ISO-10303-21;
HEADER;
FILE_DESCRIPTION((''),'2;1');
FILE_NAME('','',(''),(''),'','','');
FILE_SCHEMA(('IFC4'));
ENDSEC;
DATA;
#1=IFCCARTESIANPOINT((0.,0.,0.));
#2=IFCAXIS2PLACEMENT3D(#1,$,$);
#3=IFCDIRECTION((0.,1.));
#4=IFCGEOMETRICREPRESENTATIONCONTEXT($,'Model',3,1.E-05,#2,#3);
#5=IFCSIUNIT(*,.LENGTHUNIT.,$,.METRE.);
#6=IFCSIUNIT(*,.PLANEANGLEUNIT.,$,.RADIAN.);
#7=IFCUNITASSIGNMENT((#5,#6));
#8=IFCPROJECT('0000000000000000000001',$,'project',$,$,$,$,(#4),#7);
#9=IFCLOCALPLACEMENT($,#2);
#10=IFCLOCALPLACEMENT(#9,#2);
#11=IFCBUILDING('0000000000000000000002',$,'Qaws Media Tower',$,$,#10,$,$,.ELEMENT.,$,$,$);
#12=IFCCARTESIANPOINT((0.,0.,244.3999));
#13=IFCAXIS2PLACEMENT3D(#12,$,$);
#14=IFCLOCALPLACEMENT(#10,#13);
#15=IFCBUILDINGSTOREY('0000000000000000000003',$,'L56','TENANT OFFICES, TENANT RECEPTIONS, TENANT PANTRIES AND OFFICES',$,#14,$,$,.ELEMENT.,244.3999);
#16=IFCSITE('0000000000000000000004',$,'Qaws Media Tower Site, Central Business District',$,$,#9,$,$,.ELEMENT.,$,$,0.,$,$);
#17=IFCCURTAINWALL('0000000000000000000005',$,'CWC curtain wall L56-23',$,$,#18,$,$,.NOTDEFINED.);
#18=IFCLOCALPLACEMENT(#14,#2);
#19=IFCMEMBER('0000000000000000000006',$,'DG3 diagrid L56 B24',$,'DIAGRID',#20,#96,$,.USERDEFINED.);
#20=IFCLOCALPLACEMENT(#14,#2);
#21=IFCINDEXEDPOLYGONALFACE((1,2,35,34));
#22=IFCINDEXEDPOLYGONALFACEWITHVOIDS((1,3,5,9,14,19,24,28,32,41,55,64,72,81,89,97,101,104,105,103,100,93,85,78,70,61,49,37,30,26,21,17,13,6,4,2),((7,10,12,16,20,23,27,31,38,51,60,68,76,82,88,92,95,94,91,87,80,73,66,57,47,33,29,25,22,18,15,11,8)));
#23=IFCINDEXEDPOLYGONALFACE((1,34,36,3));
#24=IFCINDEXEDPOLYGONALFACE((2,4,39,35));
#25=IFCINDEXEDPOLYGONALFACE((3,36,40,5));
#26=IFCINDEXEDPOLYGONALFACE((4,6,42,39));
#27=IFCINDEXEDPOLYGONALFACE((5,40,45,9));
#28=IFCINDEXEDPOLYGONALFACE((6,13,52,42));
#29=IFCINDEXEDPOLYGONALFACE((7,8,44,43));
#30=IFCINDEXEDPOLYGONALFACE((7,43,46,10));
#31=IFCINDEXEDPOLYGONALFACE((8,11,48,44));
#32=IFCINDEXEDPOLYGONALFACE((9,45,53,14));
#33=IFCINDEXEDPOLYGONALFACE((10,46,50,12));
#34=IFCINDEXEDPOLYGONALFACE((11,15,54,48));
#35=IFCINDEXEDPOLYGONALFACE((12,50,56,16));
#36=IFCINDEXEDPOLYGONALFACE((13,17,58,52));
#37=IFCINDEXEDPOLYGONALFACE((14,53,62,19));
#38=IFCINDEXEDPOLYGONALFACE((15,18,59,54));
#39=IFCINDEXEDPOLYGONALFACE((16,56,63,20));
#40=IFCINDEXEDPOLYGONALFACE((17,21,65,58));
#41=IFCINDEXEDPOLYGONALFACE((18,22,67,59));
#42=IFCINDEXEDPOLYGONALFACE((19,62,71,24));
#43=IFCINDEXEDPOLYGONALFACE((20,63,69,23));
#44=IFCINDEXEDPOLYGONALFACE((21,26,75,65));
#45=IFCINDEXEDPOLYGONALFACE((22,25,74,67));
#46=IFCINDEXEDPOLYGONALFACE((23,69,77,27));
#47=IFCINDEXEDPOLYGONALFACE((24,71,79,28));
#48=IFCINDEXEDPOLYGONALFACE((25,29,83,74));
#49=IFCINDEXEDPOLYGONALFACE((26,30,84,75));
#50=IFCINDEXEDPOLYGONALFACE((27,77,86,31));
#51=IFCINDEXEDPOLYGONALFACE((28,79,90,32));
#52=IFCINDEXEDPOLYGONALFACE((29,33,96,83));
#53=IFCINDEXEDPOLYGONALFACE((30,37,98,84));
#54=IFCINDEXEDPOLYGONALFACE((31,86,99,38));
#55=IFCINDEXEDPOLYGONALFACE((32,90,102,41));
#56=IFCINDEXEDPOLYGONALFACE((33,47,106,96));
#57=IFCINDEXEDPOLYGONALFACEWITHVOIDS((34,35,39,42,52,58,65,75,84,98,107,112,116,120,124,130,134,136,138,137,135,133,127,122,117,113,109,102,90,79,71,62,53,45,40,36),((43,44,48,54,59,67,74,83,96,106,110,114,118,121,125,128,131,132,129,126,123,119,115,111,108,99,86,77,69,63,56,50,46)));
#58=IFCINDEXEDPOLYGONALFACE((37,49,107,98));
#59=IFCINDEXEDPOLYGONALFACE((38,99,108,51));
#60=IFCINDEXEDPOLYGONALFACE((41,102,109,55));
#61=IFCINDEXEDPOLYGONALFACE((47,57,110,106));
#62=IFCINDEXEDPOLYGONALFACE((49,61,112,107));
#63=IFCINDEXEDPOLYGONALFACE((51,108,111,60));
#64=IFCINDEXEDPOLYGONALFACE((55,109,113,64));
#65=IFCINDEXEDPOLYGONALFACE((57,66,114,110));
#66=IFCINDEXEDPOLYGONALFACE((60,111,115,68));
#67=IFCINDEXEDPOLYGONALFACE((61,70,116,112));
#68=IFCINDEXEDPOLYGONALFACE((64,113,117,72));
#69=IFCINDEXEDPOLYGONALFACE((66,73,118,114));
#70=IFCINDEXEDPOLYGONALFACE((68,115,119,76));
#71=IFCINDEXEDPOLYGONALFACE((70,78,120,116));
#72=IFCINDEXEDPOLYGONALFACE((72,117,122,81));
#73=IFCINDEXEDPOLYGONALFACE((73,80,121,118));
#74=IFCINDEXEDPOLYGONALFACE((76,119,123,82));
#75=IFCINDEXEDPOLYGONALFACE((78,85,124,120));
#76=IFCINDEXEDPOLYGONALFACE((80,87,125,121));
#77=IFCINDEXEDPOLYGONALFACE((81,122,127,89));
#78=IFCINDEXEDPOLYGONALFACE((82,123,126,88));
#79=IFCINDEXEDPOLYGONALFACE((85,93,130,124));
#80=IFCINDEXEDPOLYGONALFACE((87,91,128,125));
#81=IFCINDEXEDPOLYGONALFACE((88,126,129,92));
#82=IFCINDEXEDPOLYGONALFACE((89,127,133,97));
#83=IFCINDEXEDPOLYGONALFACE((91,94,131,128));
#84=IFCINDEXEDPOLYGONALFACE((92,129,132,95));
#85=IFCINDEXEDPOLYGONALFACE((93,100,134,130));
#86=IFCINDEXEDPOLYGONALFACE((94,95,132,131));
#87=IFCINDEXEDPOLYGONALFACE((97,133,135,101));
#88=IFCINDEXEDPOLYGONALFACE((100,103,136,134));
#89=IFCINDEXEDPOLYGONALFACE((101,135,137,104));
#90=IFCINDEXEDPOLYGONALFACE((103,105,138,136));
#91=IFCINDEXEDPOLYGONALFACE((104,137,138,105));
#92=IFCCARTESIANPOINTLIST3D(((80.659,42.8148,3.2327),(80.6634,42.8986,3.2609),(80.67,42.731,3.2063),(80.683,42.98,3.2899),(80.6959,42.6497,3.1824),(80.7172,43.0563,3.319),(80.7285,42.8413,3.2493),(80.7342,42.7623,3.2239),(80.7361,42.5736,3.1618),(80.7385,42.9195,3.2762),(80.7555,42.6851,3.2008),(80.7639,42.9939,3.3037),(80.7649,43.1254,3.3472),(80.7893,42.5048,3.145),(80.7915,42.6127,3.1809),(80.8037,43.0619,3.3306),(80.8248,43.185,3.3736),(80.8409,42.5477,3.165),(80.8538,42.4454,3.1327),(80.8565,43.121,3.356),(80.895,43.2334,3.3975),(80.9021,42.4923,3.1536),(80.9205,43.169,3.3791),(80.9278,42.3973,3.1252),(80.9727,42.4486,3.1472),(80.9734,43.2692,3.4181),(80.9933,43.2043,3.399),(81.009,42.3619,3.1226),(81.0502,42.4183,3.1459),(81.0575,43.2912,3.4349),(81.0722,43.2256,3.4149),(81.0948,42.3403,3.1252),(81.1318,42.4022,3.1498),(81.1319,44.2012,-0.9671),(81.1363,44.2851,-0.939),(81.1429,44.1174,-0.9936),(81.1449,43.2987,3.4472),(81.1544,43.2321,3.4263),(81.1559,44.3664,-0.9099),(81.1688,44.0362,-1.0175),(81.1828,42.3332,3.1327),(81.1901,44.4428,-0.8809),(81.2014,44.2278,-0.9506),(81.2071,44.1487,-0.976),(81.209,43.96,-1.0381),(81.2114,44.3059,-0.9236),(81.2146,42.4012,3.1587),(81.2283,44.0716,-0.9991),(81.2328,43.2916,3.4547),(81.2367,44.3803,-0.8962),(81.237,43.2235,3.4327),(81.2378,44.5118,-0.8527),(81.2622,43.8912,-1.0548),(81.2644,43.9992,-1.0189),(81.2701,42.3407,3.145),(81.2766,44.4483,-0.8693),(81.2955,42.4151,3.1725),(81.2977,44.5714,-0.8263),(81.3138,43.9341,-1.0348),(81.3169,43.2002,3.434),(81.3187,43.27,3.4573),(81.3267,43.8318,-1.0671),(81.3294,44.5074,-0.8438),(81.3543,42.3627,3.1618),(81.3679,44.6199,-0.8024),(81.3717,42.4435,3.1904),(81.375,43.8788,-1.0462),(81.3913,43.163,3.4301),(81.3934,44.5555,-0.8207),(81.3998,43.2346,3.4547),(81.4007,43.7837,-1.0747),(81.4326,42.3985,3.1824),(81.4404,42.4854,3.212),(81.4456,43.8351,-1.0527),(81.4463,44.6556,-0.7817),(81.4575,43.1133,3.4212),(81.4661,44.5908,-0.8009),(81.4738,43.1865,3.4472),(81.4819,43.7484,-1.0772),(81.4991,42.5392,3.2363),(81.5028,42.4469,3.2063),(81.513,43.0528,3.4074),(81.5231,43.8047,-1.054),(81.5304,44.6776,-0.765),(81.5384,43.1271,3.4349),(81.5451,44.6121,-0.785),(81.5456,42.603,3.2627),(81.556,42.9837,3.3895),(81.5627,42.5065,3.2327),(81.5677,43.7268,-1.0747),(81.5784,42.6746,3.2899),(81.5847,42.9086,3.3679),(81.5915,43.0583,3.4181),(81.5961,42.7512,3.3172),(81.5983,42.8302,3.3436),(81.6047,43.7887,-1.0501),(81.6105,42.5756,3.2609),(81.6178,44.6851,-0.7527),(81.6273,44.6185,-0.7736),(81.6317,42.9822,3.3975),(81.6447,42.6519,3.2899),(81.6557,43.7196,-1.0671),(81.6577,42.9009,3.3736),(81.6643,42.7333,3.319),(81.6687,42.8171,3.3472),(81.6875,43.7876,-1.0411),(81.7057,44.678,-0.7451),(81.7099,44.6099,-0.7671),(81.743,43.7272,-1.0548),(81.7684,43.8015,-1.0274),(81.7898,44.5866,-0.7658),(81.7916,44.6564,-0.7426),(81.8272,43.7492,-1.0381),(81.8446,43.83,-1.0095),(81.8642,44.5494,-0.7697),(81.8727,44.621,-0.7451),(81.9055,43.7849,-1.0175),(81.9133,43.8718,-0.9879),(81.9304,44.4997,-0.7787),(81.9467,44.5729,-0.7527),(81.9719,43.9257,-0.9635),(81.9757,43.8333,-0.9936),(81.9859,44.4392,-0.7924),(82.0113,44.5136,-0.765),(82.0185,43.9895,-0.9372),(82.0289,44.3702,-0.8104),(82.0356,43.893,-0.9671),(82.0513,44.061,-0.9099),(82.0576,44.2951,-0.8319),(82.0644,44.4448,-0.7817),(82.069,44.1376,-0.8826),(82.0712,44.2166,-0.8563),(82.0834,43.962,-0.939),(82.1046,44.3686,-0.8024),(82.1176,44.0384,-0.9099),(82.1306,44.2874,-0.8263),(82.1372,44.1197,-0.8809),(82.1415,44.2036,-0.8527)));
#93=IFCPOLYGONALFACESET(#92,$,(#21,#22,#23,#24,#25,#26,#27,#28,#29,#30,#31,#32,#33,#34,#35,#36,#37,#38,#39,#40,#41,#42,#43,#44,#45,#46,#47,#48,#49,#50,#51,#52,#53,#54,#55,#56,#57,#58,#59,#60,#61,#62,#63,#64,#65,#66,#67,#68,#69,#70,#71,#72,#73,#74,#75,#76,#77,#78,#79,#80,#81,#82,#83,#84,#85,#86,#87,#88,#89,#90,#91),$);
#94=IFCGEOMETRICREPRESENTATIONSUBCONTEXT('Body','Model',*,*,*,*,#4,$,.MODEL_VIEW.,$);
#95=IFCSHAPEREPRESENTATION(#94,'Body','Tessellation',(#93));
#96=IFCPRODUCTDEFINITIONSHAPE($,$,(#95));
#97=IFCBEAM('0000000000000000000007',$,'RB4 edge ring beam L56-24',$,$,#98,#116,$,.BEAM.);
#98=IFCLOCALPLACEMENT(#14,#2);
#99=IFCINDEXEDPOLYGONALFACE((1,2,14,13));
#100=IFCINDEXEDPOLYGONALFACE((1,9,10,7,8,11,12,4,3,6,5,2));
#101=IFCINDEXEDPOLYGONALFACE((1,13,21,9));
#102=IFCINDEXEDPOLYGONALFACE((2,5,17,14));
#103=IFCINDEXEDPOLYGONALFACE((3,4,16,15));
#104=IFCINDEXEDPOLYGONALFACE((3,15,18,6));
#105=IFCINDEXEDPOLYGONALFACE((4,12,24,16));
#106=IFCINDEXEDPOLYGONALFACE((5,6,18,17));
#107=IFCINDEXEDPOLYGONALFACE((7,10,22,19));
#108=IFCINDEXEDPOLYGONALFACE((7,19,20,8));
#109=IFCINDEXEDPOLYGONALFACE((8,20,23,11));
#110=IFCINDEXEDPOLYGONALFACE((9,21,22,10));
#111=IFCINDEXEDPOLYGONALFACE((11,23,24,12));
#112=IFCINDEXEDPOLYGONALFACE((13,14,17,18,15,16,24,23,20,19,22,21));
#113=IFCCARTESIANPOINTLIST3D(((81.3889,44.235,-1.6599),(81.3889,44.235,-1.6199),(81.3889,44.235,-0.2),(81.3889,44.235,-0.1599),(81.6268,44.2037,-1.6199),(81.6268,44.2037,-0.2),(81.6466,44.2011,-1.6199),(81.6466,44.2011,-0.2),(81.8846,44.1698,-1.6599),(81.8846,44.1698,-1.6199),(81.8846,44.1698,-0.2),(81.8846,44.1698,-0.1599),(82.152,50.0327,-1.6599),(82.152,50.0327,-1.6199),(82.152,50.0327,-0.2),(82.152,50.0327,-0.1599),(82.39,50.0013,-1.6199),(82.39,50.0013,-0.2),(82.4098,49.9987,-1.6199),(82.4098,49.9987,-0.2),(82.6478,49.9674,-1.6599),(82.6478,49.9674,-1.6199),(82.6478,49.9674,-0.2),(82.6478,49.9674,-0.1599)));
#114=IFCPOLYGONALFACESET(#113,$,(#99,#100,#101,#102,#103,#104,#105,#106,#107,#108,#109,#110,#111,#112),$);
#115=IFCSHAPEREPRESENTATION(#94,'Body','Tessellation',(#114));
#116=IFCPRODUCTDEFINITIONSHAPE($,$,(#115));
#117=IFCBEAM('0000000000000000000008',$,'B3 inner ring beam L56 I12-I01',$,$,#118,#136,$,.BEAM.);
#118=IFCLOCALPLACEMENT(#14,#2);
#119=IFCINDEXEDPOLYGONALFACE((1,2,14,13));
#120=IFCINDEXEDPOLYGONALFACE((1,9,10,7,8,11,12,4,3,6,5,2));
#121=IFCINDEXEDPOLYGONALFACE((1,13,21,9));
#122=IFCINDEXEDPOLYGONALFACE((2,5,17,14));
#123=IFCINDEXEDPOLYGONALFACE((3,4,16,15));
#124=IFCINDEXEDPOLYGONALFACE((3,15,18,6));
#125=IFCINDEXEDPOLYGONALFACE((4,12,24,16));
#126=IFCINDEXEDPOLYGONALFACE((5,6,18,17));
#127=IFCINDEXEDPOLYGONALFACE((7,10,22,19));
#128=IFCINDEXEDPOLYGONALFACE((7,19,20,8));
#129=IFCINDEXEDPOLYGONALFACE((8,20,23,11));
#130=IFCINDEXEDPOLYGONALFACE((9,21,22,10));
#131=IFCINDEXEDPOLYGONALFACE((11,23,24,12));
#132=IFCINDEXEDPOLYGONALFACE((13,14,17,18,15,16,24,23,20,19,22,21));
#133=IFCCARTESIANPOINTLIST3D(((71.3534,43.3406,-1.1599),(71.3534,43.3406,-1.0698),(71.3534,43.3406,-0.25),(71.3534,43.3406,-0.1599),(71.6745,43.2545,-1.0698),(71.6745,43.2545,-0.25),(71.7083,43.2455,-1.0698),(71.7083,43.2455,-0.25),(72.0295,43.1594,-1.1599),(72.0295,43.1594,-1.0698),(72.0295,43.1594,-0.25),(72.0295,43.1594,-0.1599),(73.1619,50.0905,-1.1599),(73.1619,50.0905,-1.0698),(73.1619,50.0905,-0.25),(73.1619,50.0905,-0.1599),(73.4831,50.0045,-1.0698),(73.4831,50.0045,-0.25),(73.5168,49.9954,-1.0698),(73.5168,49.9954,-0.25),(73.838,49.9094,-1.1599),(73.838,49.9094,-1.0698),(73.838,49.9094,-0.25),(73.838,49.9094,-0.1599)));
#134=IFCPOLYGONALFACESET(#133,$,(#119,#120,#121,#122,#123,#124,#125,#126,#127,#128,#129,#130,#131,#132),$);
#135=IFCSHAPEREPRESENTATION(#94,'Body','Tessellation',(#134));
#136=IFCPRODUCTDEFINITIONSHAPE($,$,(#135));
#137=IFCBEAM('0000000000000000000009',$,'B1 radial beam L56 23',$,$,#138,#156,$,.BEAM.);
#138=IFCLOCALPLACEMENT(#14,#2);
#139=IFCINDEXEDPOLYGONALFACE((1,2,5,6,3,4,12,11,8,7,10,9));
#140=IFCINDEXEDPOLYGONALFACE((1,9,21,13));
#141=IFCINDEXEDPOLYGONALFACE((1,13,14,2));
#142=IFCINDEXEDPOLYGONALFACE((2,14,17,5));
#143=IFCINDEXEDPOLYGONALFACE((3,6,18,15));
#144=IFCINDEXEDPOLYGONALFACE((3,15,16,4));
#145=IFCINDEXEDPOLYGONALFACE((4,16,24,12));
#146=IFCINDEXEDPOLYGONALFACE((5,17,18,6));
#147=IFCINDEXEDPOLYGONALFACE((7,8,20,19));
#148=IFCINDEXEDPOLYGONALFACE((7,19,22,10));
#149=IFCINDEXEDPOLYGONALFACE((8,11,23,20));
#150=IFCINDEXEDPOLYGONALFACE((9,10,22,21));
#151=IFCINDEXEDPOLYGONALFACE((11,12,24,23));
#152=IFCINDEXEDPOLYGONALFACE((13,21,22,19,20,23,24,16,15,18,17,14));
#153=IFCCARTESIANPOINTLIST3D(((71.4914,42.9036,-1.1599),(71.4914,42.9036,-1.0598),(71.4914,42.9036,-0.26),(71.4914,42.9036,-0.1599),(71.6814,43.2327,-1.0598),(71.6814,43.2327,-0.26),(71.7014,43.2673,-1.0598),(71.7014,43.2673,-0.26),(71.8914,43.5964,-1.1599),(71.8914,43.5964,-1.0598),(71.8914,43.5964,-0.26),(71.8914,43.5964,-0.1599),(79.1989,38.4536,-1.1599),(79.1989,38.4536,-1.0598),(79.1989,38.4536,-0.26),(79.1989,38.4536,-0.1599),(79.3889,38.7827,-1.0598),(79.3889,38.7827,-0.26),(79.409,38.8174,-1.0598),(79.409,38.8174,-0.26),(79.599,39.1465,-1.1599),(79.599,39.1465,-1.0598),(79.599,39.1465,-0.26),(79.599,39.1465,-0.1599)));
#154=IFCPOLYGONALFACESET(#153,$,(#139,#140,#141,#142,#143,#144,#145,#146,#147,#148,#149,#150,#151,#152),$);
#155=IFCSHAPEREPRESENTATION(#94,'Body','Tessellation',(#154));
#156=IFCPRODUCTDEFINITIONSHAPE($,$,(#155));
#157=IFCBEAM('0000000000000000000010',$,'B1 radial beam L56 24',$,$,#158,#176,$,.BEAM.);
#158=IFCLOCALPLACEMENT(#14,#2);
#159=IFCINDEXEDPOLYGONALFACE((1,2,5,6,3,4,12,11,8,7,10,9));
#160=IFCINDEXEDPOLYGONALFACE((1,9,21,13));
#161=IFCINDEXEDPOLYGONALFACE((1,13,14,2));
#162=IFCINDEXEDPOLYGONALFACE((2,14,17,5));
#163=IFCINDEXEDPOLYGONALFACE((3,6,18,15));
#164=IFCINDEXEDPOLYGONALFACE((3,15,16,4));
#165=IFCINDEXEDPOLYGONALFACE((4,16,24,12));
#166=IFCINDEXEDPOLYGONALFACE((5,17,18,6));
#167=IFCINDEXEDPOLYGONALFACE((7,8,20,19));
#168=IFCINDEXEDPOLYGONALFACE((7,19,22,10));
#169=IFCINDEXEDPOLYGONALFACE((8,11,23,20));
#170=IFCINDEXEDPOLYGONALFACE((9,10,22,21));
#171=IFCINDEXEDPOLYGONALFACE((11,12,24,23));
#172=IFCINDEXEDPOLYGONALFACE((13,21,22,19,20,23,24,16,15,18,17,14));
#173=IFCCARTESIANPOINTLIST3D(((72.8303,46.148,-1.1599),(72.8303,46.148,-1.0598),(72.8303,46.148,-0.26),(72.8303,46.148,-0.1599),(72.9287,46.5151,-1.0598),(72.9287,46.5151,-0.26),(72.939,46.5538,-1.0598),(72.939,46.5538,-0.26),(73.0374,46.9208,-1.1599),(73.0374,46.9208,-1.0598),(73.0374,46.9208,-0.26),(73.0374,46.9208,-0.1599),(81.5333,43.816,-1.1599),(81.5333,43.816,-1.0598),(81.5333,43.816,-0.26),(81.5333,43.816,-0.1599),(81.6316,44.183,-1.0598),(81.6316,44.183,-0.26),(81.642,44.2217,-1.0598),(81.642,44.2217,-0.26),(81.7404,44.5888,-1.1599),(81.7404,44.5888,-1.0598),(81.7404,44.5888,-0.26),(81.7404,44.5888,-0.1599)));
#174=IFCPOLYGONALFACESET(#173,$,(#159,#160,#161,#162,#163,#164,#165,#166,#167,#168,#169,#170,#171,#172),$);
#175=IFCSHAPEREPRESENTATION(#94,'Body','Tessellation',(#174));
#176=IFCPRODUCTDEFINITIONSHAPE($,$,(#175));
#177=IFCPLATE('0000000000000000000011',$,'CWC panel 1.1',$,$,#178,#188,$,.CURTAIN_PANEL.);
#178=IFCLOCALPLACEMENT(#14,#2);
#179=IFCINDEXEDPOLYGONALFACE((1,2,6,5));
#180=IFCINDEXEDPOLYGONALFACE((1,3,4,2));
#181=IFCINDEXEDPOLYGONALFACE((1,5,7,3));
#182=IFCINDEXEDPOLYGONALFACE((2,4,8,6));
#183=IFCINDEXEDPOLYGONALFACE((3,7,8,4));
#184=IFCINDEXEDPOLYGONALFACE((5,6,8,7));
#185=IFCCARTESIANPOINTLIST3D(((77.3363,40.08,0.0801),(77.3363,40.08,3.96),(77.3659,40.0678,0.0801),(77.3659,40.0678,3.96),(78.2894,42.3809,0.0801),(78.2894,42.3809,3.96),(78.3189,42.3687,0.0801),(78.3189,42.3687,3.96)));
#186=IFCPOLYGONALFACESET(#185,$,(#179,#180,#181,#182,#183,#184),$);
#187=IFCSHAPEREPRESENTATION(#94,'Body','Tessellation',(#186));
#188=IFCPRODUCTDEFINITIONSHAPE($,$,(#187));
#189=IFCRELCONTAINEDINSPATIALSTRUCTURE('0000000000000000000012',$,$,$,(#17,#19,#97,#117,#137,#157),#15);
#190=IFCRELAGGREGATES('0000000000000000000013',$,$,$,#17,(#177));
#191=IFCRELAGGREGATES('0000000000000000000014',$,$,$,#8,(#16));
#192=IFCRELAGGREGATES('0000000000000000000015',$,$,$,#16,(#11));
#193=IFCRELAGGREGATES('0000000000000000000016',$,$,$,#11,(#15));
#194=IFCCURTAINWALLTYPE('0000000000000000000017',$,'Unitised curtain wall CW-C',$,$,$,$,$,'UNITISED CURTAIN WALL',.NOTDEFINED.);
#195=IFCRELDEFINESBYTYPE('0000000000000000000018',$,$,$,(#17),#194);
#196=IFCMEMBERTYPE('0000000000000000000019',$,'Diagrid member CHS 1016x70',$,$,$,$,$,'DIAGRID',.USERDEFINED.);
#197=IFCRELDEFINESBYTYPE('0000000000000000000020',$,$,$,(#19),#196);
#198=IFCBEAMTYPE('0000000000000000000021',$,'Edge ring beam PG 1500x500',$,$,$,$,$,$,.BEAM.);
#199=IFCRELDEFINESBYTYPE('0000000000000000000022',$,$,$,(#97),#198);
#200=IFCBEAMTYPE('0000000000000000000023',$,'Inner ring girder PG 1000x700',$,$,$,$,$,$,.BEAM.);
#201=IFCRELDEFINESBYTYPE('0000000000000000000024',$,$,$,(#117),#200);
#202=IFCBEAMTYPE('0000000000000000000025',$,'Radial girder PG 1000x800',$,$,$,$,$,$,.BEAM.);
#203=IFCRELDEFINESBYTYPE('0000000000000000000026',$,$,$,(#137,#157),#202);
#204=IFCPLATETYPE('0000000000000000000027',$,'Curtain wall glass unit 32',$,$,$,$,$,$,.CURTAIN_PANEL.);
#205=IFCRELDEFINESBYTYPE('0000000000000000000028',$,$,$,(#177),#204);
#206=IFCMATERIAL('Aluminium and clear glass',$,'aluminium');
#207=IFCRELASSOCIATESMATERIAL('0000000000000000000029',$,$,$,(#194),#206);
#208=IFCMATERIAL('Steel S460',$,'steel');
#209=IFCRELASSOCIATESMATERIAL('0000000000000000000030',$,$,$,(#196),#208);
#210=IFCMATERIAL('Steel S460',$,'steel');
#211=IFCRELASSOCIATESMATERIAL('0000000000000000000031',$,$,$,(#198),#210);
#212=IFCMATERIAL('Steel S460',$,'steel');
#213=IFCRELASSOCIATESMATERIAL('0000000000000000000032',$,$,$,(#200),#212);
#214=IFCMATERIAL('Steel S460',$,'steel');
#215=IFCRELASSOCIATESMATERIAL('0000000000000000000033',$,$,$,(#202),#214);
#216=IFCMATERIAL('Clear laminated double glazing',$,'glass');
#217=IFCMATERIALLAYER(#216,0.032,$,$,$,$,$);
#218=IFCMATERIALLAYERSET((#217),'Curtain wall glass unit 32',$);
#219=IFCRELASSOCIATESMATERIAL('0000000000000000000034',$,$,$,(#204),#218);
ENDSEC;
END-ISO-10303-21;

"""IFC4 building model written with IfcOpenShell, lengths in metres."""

from ifc_helpers import new_model, si_unit, direction, frame, origin, origin_2d, place, context, subcontext, project, spatial, rectangle, hollow_circle, i_section, extrude, material, layer, layer_set, material_profile, profile_set, type_object, element, aggregate, save


model = new_model("IFC4")

# Units and contexts
model_context = context("Model", 3, precision=1e-05, world=origin(), true_north=direction((0.0, 1.0)))
body_context = subcontext(model_context, "Body", "Model", "MODEL_VIEW")
ifc_project = project(units=[si_unit("LENGTHUNIT", "METRE"), si_unit("PLANEANGLEUNIT", "RADIAN")], contexts=[model_context])

# Site, building, storey
site_placement = place(None, origin())
site = spatial("IfcSite", under=ifc_project, at=site_placement, Name="Qaws Media Tower Site, Central Business District", CompositionType="ELEMENT", RefElevation=0.0)
building_placement = place(site_placement, origin())
building = spatial("IfcBuilding", under=site, at=building_placement, Name="Qaws Media Tower", CompositionType="ELEMENT")
storey_placement = place(building_placement, frame((0.0, 0.0, 244.3999)))
storey = spatial("IfcBuildingStorey", under=building, at=storey_placement, Name="L56", Description="TENANT OFFICES, TENANT RECEPTIONS, TENANT PANTRIES AND OFFICES", CompositionType="ELEMENT", Elevation=244.3999)

# Curtain wall
ifc_material_1 = material(Name="Aluminium and clear glass", Category="aluminium")
curtain_wall_type = type_object("IfcCurtainWallType", Name="Unitised curtain wall CW-C", ElementType="UNITISED CURTAIN WALL", PredefinedType="NOTDEFINED", material=ifc_material_1)
curtain_wall_1_placement = place(storey_placement, origin())
curtain_wall_1 = element("IfcCurtainWall", 1, at=curtain_wall_1_placement, inside=storey, type_object=curtain_wall_type, Name="CWC curtain wall L56-23", PredefinedType="NOTDEFINED")

# Member
ifc_material_2 = material(Name="Steel S460", Category="steel")
ifc_material_profile_1 = material_profile(ifc_material_2, hollow_circle(Radius=0.5081, WallThickness=0.0701, at=origin_2d()), Name="CHS 1016x70")
ifc_profile_set_1 = profile_set([ifc_material_profile_1], Name="Steel S460")
member_type_1 = type_object("IfcMemberType", Name="Diagrid member CHS 1016x70", ElementType="DIAGRID", PredefinedType="USERDEFINED", material=ifc_profile_set_1)
member_1_placement = place(storey_placement, frame((81.6367, 44.2024, -0.9099), z_axis=(-0.106315, -0.311701, 0.944214), x_axis=(0.94646, -0.32282, 0.0)))
element("IfcMember", 2, at=member_1_placement, inside=storey, type_object=member_type_1, Name="DG3 diagrid L56 B24", ObjectType="DIAGRID", PredefinedType="USERDEFINED", context=body_context, shape_type="SweptSolid", body=[
    extrude(hollow_circle(Radius=0.5081, WallThickness=0.0701, at=origin_2d()), origin(), (0.0, 0.0, 1.0), 4.448),
])

# Beams
ifc_material_3 = material(Name="Steel S460", Category="steel")
ifc_material_profile_2 = material_profile(ifc_material_3, i_section(OverallWidth=0.5, OverallDepth=1.5, WebThickness=0.02, FlangeThickness=0.04, at=origin_2d()), Name="PG 1500x500")
ifc_profile_set_2 = profile_set([ifc_material_profile_2], Name="Steel S460")
beam_type_1 = type_object("IfcBeamType", Name="Edge ring beam PG 1500x500", PredefinedType="BEAM", material=ifc_profile_set_2)
beam_1_placement = place(storey_placement, frame((81.6367, 44.2024, -0.9099), z_axis=(0.130512, 0.991447, 0.0), x_axis=(-0.991447, 0.130512, 0.0)))
element("IfcBeam", 3, at=beam_1_placement, inside=storey, type_object=beam_type_1, Name="RB4 edge ring beam L56-24", PredefinedType="BEAM", context=body_context, shape_type="SweptSolid", body=[
    extrude(i_section(OverallWidth=0.5, OverallDepth=1.5, WebThickness=0.02, FlangeThickness=0.04, at=origin_2d()), origin(), (0.0, 0.0, 1.0), 5.8477),
])
ifc_material_4 = material(Name="Steel S460", Category="steel")
ifc_material_profile_3 = material_profile(ifc_material_4, i_section(OverallWidth=0.7, OverallDepth=1.0, WebThickness=0.0349, FlangeThickness=0.0901, at=origin_2d()), Name="PG 1000x700")
ifc_profile_set_3 = profile_set([ifc_material_profile_3], Name="Steel S460")
beam_type_2 = type_object("IfcBeamType", Name="Inner ring girder PG 1000x700", PredefinedType="BEAM", material=ifc_profile_set_3)
beam_2_placement = place(storey_placement, frame((71.6914, 43.25, -0.6599), z_axis=(0.258811, 0.965928, 0.0), x_axis=(-0.965928, 0.258811, 0.0)))
element("IfcBeam", 4, at=beam_2_placement, inside=storey, type_object=beam_type_2, Name="B3 inner ring beam L56 I12-I01", PredefinedType="BEAM", context=body_context, shape_type="SweptSolid", body=[
    extrude(i_section(OverallWidth=0.7, OverallDepth=1.0, WebThickness=0.0349, FlangeThickness=0.0901, at=origin_2d()), origin(), (0.0, 0.0, 1.0), 6.988),
])
ifc_material_5 = material(Name="Steel S460", Category="steel")
ifc_material_profile_4 = material_profile(ifc_material_5, i_section(OverallWidth=0.8, OverallDepth=1.0, WebThickness=0.04, FlangeThickness=0.1001, at=origin_2d()), Name="PG 1000x800")
ifc_profile_set_4 = profile_set([ifc_material_profile_4], Name="Steel S460")
beam_type_3 = type_object("IfcBeamType", Name="Radial girder PG 1000x800", PredefinedType="BEAM", material=ifc_profile_set_4)
beam_3_placement = place(storey_placement, frame((71.6914, 43.25, -0.6599), z_axis=(0.866025, -0.500001, 0.0), x_axis=(0.500001, 0.866025, 0.0)))
element("IfcBeam", 5, at=beam_3_placement, inside=storey, type_object=beam_type_3, Name="B1 radial beam L56 23", PredefinedType="BEAM", context=body_context, shape_type="SweptSolid", body=[
    extrude(i_section(OverallWidth=0.8, OverallDepth=1.0, WebThickness=0.04, FlangeThickness=0.1001, at=origin_2d()), origin(), (0.0, 0.0, 1.0), 8.8999),
])
beam_4_placement = place(storey_placement, frame((72.9338, 46.5344, -0.6599), z_axis=(0.965923, -0.25883, 0.0), x_axis=(0.25883, 0.965923, 0.0)))
element("IfcBeam", 6, at=beam_4_placement, inside=storey, type_object=beam_type_3, Name="B1 radial beam L56 24", PredefinedType="BEAM", context=body_context, shape_type="SweptSolid", body=[
    extrude(i_section(OverallWidth=0.8, OverallDepth=1.0, WebThickness=0.04, FlangeThickness=0.1001, at=origin_2d()), origin(), (0.0, 0.0, 1.0), 9.01),
])

# Plate
ifc_material_6 = material(Name="Clear laminated double glazing", Category="glass")
ifc_layer_1 = layer(ifc_material_6, 0.032)
ifc_layer_set_1 = layer_set([ifc_layer_1], Name="Curtain wall glass unit 32")
plate_type_1 = type_object("IfcPlateType", Name="Curtain wall glass unit 32", PredefinedType="CURTAIN_PANEL", material=ifc_layer_set_1)
plate_1_placement = place(storey_placement, frame((77.8276, 41.2244, 0.0801), z_axis=(0.0, 0.0, 1.0), x_axis=(0.382684, 0.923879, 0.0)))
plate_1 = element("IfcPlate", 7, at=plate_1_placement, type_object=plate_type_1, Name="CWC panel 1.1", PredefinedType="CURTAIN_PANEL", context=body_context, shape_type="SweptSolid", body=[
    extrude(rectangle(XDim=2.4905, YDim=0.032, at=origin_2d()), origin(), (0.0, 0.0, 1.0), 3.8799),
])
aggregate(curtain_wall_1, [plate_1])

save(model, "model.ifc")
